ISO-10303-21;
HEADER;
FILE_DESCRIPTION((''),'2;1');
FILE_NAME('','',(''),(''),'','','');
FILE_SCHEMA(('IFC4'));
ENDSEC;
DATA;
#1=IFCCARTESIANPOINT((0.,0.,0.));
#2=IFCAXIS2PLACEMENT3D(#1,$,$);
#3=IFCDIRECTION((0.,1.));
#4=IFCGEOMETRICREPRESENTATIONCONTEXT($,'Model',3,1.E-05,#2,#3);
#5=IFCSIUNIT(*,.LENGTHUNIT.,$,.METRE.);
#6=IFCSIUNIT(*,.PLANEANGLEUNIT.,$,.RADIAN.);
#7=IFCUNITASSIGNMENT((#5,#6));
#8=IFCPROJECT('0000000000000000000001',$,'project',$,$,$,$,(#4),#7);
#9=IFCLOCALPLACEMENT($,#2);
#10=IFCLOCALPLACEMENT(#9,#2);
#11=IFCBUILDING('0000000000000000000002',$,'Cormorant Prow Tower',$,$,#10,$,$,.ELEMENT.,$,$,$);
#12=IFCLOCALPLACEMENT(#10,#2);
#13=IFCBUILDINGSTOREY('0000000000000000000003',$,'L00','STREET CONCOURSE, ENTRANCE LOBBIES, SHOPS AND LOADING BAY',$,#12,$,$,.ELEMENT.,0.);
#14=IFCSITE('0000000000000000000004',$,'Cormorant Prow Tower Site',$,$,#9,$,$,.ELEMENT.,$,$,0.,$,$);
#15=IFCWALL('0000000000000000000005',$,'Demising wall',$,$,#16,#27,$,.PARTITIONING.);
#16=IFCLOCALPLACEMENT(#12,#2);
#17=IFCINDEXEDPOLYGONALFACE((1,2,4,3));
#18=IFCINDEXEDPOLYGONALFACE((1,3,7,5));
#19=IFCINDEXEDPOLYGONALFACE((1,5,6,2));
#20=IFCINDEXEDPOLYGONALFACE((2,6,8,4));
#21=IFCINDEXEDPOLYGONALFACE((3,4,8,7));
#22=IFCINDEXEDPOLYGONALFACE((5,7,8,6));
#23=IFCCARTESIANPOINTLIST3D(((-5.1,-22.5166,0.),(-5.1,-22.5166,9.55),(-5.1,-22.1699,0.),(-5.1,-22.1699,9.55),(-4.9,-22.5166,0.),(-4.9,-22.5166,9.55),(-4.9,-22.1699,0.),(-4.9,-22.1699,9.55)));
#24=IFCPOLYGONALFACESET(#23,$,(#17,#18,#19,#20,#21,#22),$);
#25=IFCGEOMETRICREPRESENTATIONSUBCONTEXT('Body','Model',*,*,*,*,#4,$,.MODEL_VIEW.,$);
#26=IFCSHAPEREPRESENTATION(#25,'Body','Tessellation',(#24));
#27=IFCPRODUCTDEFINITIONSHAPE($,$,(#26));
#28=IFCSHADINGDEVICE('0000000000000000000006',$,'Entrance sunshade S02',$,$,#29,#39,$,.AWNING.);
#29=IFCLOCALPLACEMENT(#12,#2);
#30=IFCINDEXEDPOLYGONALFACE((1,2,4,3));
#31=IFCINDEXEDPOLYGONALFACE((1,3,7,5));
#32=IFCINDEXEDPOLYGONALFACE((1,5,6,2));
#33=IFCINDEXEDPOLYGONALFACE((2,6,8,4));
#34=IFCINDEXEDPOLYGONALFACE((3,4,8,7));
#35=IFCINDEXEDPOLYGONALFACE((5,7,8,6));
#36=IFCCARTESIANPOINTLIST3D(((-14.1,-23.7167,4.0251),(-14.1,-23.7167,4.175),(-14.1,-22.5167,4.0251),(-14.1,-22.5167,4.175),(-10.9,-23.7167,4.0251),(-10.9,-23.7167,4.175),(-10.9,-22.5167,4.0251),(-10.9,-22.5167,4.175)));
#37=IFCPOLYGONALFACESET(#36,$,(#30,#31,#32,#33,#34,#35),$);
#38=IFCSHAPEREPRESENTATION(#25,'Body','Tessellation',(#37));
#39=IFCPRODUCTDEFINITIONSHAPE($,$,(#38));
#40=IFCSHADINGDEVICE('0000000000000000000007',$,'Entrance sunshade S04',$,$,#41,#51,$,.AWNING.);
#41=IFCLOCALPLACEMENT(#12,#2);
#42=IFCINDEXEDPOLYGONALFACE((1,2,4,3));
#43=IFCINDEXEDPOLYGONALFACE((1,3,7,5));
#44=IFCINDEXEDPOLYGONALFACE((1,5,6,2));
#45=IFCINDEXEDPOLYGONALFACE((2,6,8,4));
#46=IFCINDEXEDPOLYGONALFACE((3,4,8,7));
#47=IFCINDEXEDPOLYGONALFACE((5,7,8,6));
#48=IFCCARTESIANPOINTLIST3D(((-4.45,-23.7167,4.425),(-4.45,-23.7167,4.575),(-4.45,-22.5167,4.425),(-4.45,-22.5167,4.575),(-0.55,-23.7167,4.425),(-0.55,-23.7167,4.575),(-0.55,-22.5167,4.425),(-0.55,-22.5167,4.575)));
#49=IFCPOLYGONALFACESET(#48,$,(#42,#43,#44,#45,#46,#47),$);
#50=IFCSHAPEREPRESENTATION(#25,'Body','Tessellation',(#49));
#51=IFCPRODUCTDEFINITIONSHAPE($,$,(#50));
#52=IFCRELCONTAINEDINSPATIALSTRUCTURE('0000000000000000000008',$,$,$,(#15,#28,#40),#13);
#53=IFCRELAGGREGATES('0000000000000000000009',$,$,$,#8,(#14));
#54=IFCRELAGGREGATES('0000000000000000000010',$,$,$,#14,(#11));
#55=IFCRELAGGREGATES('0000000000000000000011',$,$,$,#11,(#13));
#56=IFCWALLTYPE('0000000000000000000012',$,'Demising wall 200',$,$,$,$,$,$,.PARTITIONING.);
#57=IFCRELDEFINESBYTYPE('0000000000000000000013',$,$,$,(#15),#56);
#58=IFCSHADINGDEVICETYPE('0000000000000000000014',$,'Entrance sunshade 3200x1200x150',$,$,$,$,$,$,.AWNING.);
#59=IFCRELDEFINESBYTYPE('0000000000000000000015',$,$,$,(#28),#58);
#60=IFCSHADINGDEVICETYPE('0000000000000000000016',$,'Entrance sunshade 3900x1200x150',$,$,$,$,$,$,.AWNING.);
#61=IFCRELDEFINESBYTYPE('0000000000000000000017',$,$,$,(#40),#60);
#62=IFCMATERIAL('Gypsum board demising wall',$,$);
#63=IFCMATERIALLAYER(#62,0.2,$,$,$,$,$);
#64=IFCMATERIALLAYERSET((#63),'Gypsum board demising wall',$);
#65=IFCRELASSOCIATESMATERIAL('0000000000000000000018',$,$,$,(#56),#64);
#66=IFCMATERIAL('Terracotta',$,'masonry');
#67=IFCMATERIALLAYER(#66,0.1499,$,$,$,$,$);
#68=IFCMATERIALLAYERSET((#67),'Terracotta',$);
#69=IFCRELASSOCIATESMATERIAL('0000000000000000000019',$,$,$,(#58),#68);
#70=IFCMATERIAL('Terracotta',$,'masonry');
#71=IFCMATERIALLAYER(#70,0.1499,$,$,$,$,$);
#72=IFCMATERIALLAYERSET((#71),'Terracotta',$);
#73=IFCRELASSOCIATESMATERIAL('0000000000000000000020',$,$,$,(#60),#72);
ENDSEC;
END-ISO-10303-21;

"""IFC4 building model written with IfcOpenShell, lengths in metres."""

from ifc_helpers import new_model, si_unit, direction, frame, frame_2d, origin, origin_2d, place, context, subcontext, project, spatial, rectangle, extrude, material, layer, layer_set, type_object, element, save


model = new_model("IFC4")

# Units and contexts
model_context = context("Model", 3, precision=1e-05, world=origin(), true_north=direction((0.0, 1.0)))
body_context = subcontext(model_context, "Body", "Model", "MODEL_VIEW")
ifc_project = project(units=[si_unit("LENGTHUNIT", "METRE"), si_unit("PLANEANGLEUNIT", "RADIAN")], contexts=[model_context])

# Site, building, storey
site_placement = place(None, origin())
site = spatial("IfcSite", under=ifc_project, at=site_placement, Name="Cormorant Prow Tower Site", CompositionType="ELEMENT", RefElevation=0.0)
building_placement = place(site_placement, origin())
building = spatial("IfcBuilding", under=site, at=building_placement, Name="Cormorant Prow Tower", CompositionType="ELEMENT")
storey_placement = place(building_placement, origin())
storey = spatial("IfcBuildingStorey", under=building, at=storey_placement, Name="L00", Description="STREET CONCOURSE, ENTRANCE LOBBIES, SHOPS AND LOADING BAY", CompositionType="ELEMENT", Elevation=0.0)

# Wall
ifc_material_1 = material(Name="Gypsum board demising wall")
ifc_layer_1 = layer(ifc_material_1, 0.2)
ifc_layer_set_1 = layer_set([ifc_layer_1], Name="Gypsum board demising wall")
wall_type = type_object("IfcWallType", Name="Demising wall 200", PredefinedType="PARTITIONING", material=ifc_layer_set_1)
wall_placement = place(storey_placement, frame((-5.0, -22.5166, 0.0), z_axis=(0.0, 0.0, 1.0), x_axis=(0.0, 1.0, 0.0)))
element("IfcWall", 1, at=wall_placement, inside=storey, type_object=wall_type, Name="Demising wall", PredefinedType="PARTITIONING", context=body_context, shape_type="SweptSolid", body=[
    extrude(rectangle(XDim=0.3467, YDim=0.2, at=frame_2d((0.1733, 0.0))), origin(), (0.0, 0.0, 1.0), 9.55),
])

# Shading devices
ifc_material_2 = material(Name="Terracotta", Category="masonry")
ifc_layer_2 = layer(ifc_material_2, 0.1499)
ifc_layer_set_2 = layer_set([ifc_layer_2], Name="Terracotta")
shading_device_type_1 = type_object("IfcShadingDeviceType", Name="Entrance sunshade 3200x1200x150", PredefinedType="AWNING", material=ifc_layer_set_2)
shading_device_1_placement = place(storey_placement, frame((-12.5, -23.1167, 4.0251), z_axis=(0.0, 0.0, 1.0), x_axis=(1.0, 0.0, 0.0)))
element("IfcShadingDevice", 2, at=shading_device_1_placement, inside=storey, type_object=shading_device_type_1, Name="Entrance sunshade S02", PredefinedType="AWNING", context=body_context, shape_type="SweptSolid", body=[
    extrude(rectangle(XDim=3.2, YDim=1.2, at=origin_2d()), origin(), (0.0, 0.0, 1.0), 0.1499),
])
ifc_material_3 = material(Name="Terracotta", Category="masonry")
ifc_layer_3 = layer(ifc_material_3, 0.1499)
ifc_layer_set_3 = layer_set([ifc_layer_3], Name="Terracotta")
shading_device_type_2 = type_object("IfcShadingDeviceType", Name="Entrance sunshade 3900x1200x150", PredefinedType="AWNING", material=ifc_layer_set_3)
shading_device_2_placement = place(storey_placement, frame((-2.5, -23.1167, 4.425), z_axis=(0.0, 0.0, 1.0), x_axis=(1.0, 0.0, 0.0)))
element("IfcShadingDevice", 3, at=shading_device_2_placement, inside=storey, type_object=shading_device_type_2, Name="Entrance sunshade S04", PredefinedType="AWNING", context=body_context, shape_type="SweptSolid", body=[
    extrude(rectangle(XDim=3.8999, YDim=1.2, at=origin_2d()), origin(), (0.0, 0.0, 1.0), 0.1499),
])

save(model, "model.ifc")
